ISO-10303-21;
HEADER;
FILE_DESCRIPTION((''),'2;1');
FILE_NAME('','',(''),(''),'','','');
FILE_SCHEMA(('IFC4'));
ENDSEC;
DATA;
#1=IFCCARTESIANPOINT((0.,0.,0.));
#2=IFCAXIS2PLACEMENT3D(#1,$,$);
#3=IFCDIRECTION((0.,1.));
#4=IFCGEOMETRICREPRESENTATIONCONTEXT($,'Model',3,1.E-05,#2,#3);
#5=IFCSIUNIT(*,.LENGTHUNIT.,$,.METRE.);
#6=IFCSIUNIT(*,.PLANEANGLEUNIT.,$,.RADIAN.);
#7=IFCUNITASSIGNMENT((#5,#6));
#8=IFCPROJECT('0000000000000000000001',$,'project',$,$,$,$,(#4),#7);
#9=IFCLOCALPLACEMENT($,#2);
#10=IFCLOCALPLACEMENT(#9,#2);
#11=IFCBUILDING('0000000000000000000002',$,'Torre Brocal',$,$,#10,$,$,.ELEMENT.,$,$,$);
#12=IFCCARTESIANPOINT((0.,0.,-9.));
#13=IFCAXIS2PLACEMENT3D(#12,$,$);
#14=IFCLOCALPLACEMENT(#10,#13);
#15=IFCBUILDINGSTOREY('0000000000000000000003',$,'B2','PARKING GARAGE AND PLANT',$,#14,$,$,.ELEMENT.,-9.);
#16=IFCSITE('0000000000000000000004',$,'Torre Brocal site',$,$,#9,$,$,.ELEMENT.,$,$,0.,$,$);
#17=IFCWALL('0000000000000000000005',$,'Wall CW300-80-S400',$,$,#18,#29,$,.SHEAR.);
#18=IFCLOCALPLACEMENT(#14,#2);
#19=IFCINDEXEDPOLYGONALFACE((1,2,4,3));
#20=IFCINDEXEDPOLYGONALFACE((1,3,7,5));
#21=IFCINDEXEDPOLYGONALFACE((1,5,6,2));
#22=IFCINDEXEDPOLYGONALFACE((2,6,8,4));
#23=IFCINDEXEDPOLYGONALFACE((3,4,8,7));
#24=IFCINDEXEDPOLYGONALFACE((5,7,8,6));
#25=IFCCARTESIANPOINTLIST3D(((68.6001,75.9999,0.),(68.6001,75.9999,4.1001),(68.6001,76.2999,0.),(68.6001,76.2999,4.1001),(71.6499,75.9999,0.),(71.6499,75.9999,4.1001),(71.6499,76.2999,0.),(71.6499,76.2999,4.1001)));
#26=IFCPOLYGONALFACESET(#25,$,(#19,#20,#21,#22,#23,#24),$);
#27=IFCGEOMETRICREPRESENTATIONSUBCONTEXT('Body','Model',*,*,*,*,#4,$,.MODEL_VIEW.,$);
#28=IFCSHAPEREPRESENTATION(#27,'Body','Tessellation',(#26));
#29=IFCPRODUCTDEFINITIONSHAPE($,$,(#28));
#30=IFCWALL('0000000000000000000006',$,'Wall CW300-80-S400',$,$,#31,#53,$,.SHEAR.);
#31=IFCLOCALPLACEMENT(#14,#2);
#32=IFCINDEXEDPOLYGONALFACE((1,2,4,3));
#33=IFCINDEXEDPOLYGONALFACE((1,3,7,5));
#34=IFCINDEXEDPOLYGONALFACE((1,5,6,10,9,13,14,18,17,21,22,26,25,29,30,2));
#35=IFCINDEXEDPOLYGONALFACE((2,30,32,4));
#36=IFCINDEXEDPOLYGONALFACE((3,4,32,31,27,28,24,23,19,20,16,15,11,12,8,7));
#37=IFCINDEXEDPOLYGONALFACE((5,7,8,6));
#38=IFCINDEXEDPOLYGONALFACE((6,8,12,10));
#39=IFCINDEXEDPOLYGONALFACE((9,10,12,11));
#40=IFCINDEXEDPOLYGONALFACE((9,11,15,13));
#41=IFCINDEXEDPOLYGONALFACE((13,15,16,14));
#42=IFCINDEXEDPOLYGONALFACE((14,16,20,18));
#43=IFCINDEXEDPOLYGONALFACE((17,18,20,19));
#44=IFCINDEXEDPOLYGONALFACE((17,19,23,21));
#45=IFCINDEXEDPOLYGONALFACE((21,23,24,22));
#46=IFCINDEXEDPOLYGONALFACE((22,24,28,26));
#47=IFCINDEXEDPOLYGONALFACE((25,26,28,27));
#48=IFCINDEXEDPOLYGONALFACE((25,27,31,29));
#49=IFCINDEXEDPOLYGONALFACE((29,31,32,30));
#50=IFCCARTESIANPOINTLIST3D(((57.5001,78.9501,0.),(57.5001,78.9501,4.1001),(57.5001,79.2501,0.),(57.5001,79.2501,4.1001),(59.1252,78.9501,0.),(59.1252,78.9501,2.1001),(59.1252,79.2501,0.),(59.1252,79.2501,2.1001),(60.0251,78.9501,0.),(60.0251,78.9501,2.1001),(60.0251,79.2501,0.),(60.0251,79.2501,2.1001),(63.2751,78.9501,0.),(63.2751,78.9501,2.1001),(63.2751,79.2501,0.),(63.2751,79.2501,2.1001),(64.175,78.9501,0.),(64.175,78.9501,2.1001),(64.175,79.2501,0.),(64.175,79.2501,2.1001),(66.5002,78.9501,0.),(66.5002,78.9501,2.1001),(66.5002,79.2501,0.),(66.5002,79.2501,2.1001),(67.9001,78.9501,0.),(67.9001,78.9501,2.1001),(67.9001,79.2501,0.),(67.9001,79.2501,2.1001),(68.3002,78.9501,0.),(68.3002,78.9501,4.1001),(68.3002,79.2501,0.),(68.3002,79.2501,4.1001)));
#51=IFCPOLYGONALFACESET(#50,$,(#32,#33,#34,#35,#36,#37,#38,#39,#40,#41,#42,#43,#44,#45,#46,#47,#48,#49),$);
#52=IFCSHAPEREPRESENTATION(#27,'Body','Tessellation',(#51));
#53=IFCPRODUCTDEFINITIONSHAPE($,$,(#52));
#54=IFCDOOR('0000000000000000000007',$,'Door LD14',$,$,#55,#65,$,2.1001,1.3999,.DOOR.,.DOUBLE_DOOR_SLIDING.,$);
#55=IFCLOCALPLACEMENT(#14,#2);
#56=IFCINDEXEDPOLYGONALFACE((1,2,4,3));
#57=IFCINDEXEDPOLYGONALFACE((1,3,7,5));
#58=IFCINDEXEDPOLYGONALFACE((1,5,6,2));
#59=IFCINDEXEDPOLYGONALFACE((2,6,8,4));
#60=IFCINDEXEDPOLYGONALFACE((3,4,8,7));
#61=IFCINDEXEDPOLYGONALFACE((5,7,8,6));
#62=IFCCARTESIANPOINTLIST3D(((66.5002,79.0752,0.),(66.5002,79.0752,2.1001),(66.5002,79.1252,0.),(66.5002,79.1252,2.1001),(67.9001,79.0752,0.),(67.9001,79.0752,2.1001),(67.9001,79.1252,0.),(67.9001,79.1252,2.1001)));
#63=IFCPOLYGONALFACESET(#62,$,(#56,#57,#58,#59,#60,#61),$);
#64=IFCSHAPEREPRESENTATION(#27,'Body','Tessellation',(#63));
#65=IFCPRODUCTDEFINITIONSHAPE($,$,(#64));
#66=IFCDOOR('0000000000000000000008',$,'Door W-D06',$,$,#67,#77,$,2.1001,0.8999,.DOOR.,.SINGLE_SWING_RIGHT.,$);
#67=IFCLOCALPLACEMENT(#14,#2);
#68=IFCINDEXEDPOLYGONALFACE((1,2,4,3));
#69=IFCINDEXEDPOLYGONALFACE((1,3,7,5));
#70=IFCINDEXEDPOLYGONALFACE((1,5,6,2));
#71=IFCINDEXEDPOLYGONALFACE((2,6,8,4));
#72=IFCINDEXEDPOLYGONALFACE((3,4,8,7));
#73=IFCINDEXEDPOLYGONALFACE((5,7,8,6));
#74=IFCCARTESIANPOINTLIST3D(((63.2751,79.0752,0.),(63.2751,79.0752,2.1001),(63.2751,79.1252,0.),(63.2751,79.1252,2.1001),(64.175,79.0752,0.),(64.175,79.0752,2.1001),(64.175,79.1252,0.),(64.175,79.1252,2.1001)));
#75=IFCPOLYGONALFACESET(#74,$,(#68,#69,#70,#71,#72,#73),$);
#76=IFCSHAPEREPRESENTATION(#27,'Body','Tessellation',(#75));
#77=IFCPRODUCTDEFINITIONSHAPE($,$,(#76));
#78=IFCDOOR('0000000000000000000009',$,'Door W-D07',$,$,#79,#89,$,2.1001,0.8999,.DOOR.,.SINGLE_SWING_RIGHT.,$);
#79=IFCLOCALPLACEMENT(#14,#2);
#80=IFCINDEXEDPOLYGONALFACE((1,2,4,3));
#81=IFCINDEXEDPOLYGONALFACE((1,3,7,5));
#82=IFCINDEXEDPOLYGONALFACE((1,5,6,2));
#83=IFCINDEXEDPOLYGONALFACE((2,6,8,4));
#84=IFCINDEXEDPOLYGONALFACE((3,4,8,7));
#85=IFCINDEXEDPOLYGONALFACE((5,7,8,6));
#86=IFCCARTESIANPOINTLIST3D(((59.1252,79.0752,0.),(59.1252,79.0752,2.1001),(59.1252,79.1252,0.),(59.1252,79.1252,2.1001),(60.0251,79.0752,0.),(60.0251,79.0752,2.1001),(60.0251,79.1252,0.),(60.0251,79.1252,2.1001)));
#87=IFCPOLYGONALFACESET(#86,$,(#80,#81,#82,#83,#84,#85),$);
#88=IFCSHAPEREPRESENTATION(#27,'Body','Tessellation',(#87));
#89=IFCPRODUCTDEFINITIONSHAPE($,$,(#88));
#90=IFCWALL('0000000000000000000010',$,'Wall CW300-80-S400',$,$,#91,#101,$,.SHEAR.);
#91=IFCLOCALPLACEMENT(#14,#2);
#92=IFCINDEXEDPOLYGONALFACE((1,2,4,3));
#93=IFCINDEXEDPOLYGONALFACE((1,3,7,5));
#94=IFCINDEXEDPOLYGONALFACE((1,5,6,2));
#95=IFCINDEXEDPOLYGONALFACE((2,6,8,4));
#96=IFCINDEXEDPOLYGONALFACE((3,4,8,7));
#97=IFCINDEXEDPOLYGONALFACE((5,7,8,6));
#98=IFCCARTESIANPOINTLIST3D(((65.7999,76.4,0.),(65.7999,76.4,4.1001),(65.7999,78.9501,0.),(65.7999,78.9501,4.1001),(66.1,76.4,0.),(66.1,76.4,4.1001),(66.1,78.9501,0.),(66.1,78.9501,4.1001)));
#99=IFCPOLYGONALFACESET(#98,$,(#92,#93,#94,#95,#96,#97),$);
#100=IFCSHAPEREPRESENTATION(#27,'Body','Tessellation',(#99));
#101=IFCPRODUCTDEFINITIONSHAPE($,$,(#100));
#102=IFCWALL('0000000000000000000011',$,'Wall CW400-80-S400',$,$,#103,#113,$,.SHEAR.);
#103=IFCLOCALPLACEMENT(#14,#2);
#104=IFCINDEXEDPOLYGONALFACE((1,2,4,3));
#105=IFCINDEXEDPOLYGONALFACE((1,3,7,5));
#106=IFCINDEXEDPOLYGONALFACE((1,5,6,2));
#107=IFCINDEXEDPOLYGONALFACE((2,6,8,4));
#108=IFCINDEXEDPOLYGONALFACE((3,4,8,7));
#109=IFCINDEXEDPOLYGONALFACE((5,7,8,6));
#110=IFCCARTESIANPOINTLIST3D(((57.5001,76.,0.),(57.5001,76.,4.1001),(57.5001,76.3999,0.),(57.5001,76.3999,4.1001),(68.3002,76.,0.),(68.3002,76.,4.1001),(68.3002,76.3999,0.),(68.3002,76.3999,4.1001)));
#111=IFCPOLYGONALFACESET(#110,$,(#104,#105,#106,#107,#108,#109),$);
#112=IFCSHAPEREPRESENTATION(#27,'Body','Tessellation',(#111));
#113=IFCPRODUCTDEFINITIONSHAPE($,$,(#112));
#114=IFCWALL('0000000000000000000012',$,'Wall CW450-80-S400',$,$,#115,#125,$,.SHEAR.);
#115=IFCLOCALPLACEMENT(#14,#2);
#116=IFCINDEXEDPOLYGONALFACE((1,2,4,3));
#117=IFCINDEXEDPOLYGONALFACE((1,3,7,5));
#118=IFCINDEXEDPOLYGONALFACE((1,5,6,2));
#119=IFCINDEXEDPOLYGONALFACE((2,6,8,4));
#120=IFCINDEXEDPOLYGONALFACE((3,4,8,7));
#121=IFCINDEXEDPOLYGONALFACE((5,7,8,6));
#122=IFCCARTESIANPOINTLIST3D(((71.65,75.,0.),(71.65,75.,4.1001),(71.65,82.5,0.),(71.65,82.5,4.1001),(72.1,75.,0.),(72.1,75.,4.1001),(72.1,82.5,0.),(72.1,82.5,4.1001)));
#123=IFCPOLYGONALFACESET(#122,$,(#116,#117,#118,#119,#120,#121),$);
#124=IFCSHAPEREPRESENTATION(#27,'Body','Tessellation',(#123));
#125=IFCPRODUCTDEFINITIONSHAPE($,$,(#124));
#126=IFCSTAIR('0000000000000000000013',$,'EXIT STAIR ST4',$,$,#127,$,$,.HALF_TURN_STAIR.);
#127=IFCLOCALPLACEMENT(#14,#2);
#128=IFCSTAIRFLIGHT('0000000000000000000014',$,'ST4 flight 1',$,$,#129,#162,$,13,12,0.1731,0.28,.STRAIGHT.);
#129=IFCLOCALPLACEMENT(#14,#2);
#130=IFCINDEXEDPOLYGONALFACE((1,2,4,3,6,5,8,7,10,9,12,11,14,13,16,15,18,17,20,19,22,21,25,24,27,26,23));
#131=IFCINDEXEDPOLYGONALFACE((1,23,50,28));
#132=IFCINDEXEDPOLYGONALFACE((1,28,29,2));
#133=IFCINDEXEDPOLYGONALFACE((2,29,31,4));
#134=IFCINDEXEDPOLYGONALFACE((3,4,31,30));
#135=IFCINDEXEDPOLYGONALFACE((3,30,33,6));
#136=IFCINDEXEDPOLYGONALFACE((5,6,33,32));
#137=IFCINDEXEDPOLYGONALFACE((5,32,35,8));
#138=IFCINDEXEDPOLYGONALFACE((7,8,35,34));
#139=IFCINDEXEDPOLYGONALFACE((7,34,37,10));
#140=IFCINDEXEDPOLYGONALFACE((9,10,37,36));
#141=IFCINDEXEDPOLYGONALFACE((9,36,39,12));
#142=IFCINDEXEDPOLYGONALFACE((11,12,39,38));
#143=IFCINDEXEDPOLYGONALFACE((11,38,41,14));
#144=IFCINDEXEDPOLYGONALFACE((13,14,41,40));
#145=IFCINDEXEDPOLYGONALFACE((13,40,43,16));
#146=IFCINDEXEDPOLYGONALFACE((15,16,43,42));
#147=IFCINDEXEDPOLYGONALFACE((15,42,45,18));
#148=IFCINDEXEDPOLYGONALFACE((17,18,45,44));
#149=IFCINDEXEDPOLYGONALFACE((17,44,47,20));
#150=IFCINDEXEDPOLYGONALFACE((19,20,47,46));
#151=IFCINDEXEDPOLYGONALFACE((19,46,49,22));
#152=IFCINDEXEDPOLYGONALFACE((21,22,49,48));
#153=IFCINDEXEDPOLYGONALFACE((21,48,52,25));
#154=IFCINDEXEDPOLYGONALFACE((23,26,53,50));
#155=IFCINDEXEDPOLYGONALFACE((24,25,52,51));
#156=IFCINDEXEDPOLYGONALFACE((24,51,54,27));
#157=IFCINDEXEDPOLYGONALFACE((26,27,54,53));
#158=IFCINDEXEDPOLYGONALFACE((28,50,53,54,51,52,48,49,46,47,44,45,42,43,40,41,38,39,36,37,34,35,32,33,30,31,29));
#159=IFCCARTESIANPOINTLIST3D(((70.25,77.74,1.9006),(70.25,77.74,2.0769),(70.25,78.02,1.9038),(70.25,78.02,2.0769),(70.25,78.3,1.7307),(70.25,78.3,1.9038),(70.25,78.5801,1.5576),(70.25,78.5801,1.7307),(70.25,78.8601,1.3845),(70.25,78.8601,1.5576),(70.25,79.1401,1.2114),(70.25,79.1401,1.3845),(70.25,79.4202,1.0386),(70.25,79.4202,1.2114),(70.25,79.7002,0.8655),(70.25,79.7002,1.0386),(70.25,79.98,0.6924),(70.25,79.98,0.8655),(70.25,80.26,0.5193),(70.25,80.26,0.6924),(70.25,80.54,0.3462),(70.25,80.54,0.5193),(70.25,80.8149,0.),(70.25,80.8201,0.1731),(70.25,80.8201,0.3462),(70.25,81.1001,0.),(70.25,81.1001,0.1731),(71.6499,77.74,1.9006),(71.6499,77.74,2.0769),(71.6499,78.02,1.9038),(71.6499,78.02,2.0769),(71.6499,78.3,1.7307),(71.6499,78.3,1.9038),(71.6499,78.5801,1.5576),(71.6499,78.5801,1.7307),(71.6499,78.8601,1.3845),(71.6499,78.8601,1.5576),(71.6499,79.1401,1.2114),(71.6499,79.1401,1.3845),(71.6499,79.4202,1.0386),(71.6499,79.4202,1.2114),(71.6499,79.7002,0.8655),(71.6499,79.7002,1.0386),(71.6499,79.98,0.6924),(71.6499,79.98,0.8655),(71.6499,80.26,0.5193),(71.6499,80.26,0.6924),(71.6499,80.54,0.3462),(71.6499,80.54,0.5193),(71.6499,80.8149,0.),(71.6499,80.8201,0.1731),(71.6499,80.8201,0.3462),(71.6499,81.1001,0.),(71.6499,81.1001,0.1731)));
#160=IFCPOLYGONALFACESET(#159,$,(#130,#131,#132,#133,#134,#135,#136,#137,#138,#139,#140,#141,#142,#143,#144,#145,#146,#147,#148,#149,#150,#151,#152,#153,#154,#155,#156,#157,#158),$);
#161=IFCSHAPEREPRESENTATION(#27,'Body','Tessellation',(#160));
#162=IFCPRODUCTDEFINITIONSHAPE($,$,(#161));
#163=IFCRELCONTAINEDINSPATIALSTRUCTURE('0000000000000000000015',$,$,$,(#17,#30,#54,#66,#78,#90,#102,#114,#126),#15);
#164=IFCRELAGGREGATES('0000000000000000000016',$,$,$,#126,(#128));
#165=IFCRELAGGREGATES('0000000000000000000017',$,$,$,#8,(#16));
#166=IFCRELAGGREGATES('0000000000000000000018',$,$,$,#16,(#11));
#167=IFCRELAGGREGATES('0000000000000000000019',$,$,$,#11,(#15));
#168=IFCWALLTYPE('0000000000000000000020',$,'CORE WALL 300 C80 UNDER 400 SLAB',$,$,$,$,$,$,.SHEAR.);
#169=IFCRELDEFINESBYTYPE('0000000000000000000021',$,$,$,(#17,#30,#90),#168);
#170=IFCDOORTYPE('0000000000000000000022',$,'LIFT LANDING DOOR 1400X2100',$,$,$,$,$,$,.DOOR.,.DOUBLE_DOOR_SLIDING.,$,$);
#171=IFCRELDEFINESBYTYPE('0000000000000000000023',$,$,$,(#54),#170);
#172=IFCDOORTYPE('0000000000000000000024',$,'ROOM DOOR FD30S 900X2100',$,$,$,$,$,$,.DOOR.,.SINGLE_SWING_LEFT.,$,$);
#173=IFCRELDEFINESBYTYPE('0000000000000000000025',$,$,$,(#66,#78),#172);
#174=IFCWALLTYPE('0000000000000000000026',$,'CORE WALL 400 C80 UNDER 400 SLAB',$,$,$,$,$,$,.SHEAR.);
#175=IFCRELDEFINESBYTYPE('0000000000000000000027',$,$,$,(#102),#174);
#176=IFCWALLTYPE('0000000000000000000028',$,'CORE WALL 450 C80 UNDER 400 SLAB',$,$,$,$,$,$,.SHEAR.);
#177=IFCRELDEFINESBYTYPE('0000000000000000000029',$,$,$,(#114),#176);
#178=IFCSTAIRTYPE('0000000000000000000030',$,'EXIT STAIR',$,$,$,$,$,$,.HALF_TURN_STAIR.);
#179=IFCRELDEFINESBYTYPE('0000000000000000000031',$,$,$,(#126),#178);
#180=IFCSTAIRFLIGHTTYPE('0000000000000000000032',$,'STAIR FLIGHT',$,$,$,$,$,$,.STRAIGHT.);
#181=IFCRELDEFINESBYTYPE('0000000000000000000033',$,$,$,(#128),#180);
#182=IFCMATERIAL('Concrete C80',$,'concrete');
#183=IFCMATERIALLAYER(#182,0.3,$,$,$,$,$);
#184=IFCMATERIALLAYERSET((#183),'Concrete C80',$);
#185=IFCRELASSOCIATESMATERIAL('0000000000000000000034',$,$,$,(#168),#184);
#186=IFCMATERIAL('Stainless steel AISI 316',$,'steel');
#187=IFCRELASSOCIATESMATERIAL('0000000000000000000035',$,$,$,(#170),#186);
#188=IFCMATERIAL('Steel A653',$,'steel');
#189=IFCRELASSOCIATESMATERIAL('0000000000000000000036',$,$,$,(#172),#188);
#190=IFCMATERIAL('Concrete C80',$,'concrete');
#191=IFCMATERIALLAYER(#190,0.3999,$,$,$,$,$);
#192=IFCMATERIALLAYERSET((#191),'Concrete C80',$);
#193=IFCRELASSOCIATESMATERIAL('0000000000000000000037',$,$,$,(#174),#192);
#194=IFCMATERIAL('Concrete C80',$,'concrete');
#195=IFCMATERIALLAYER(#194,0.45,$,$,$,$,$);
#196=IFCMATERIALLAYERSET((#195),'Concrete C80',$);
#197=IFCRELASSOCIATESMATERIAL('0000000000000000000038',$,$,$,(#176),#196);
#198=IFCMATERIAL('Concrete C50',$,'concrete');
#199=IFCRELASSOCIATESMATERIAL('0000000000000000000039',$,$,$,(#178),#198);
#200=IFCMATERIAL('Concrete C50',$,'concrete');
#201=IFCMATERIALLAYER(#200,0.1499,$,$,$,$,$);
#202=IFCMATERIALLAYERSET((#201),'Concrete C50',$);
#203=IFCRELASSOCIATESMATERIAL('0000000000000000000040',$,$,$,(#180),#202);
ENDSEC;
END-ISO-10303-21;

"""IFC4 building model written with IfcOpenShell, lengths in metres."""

from ifc_helpers import new_model, si_unit, direction, frame, frame_2d, origin, place, context, subcontext, project, spatial, polyline, rectangle, outline, extrude, material, layer, layer_set, type_object, element, fill, aggregate, save


model = new_model("IFC4")

# Units and contexts
model_context = context("Model", 3, precision=1e-05, world=origin(), true_north=direction((0.0, 1.0)))
body_context = subcontext(model_context, "Body", "Model", "MODEL_VIEW")
ifc_project = project(units=[si_unit("LENGTHUNIT", "METRE"), si_unit("PLANEANGLEUNIT", "RADIAN")], contexts=[model_context])

# Site, building, storey
site_placement = place(None, origin())
site = spatial("IfcSite", under=ifc_project, at=site_placement, Name="Torre Brocal site", CompositionType="ELEMENT", RefElevation=0.0)
building_placement = place(site_placement, origin())
building = spatial("IfcBuilding", under=site, at=building_placement, Name="Torre Brocal", CompositionType="ELEMENT")
storey_placement = place(building_placement, frame((0.0, 0.0, -9.0)))
storey = spatial("IfcBuildingStorey", under=building, at=storey_placement, Name="B2", Description="PARKING GARAGE AND PLANT", CompositionType="ELEMENT", Elevation=-9.0)

# Shared definitions
ifc_material_1 = material(Name="Concrete C80", Category="concrete")
ifc_layer_1 = layer(ifc_material_1, 0.3)
ifc_layer_set_1 = layer_set([ifc_layer_1], Name="Concrete C80")
wall_type_1 = type_object("IfcWallType", Name="CORE WALL 300 C80 UNDER 400 SLAB", PredefinedType="SHEAR", material=ifc_layer_set_1)

# Wall
wall_1_placement = place(storey_placement, frame((71.6499, 76.1499, 0.0), z_axis=(0.0, 0.0, 1.0), x_axis=(-1.0, 0.0, 0.0)))
element("IfcWall", 1, at=wall_1_placement, inside=storey, type_object=wall_type_1, Name="Wall CW300-80-S400", PredefinedType="SHEAR", context=body_context, shape_type="SweptSolid", body=[
    extrude(rectangle(XDim=3.0498, YDim=0.3, at=frame_2d((1.5249, 0.0))), origin(), (0.0, 0.0, 1.0), 4.1001),
])

# Wall, openings, doors
wall_2_placement = place(storey_placement, frame((68.3, 79.1001, 0.0), z_axis=(0.0, 0.0, 1.0), x_axis=(-1.0, 0.0, 0.0)))
wall_2 = element("IfcWall", 2, at=wall_2_placement, inside=storey, type_object=wall_type_1, Name="Wall CW300-80-S400", PredefinedType="SHEAR", context=body_context, shape_type="SweptSolid", body=[
    extrude(rectangle(XDim=10.8, YDim=0.3, at=frame_2d((5.3999, 0.0))), origin(), (0.0, 0.0, 1.0), 4.1001),
])
opening_1_placement = place(wall_2_placement, frame((0.3999, 0.0, 0.0)))
opening_1 = element("IfcOpeningElement", 3, at=opening_1_placement, cuts=wall_2, PredefinedType="OPENING", context=body_context, shape_type="SweptSolid", body=[
    extrude(rectangle(XDim=1.3999, YDim=2.1001, at=frame_2d((0.7, 1.05))), frame((0.0, 0.1599, 0.0), z_axis=(0.0, -1.0, 0.0), x_axis=(1.0, 0.0, 0.0)), (0.0, 0.0, 1.0), 0.3201),
])
opening_2_placement = place(wall_2_placement, frame((4.125, 0.0, 0.0)))
opening_2 = element("IfcOpeningElement", 4, at=opening_2_placement, cuts=wall_2, PredefinedType="OPENING", context=body_context, shape_type="SweptSolid", body=[
    extrude(rectangle(XDim=0.8999, YDim=2.1001, at=frame_2d((0.45, 1.05))), frame((0.0, 0.1599, 0.0), z_axis=(0.0, -1.0, 0.0), x_axis=(1.0, 0.0, 0.0)), (0.0, 0.0, 1.0), 0.3201),
])
opening_3_placement = place(wall_2_placement, frame((8.2749, 0.0, 0.0)))
opening_3 = element("IfcOpeningElement", 5, at=opening_3_placement, cuts=wall_2, PredefinedType="OPENING", context=body_context, shape_type="SweptSolid", body=[
    extrude(rectangle(XDim=0.8999, YDim=2.1001, at=frame_2d((0.45, 1.05))), frame((0.0, 0.1599, 0.0), z_axis=(0.0, -1.0, 0.0), x_axis=(1.0, 0.0, 0.0)), (0.0, 0.0, 1.0), 0.3201),
])
ifc_material_2 = material(Name="Stainless steel AISI 316", Category="steel")
door_type_1 = type_object("IfcDoorType", Name="LIFT LANDING DOOR 1400X2100", OperationType="DOUBLE_DOOR_SLIDING", PredefinedType="DOOR", material=ifc_material_2)
door_1_placement = place(opening_1_placement, origin())
door_1 = element("IfcDoor", 6, at=door_1_placement, inside=storey, type_object=door_type_1, Name="Door LD14", OperationType="DOUBLE_DOOR_SLIDING", OverallHeight=2.1001, OverallWidth=1.3999, PredefinedType="DOOR", context=body_context, shape_type="SweptSolid", body=[
    extrude(rectangle(XDim=1.3999, YDim=2.1001, at=frame_2d((0.7, 1.05))), frame((0.0, 0.0249, 0.0), z_axis=(0.0, -1.0, 0.0), x_axis=(1.0, 0.0, 0.0)), (0.0, 0.0, 1.0), 0.05),
])
fill(opening_1, door_1)
ifc_material_3 = material(Name="Steel A653", Category="steel")
door_type_2 = type_object("IfcDoorType", Name="ROOM DOOR FD30S 900X2100", OperationType="SINGLE_SWING_LEFT", PredefinedType="DOOR", material=ifc_material_3)
door_2_placement = place(opening_2_placement, origin())
door_2 = element("IfcDoor", 7, at=door_2_placement, inside=storey, type_object=door_type_2, Name="Door W-D06", OperationType="SINGLE_SWING_RIGHT", OverallHeight=2.1001, OverallWidth=0.8999, PredefinedType="DOOR", context=body_context, shape_type="SweptSolid", body=[
    extrude(rectangle(XDim=0.8999, YDim=2.1001, at=frame_2d((0.45, 1.05))), frame((0.0, 0.0249, 0.0), z_axis=(0.0, -1.0, 0.0), x_axis=(1.0, 0.0, 0.0)), (0.0, 0.0, 1.0), 0.05),
])
fill(opening_2, door_2)
door_3_placement = place(opening_3_placement, origin())
door_3 = element("IfcDoor", 8, at=door_3_placement, inside=storey, type_object=door_type_2, Name="Door W-D07", OperationType="SINGLE_SWING_RIGHT", OverallHeight=2.1001, OverallWidth=0.8999, PredefinedType="DOOR", context=body_context, shape_type="SweptSolid", body=[
    extrude(rectangle(XDim=0.8999, YDim=2.1001, at=frame_2d((0.45, 1.05))), frame((0.0, 0.0249, 0.0), z_axis=(0.0, -1.0, 0.0), x_axis=(1.0, 0.0, 0.0)), (0.0, 0.0, 1.0), 0.05),
])
fill(opening_3, door_3)

# Walls
wall_3_placement = place(storey_placement, frame((65.95, 78.95, 0.0), z_axis=(0.0, 0.0, 1.0), x_axis=(0.0, -1.0, 0.0)))
element("IfcWall", 9, at=wall_3_placement, inside=storey, type_object=wall_type_1, Name="Wall CW300-80-S400", PredefinedType="SHEAR", context=body_context, shape_type="SweptSolid", body=[
    extrude(rectangle(XDim=2.55, YDim=0.3, at=frame_2d((1.2749, 0.0))), origin(), (0.0, 0.0, 1.0), 4.1001),
])
ifc_material_4 = material(Name="Concrete C80", Category="concrete")
ifc_layer_2 = layer(ifc_material_4, 0.3999)
ifc_layer_set_2 = layer_set([ifc_layer_2], Name="Concrete C80")
wall_type_2 = type_object("IfcWallType", Name="CORE WALL 400 C80 UNDER 400 SLAB", PredefinedType="SHEAR", material=ifc_layer_set_2)
wall_4_placement = place(storey_placement, frame((68.3, 76.2, 0.0), z_axis=(0.0, 0.0, 1.0), x_axis=(-1.0, 0.0, 0.0)))
element("IfcWall", 10, at=wall_4_placement, inside=storey, type_object=wall_type_2, Name="Wall CW400-80-S400", PredefinedType="SHEAR", context=body_context, shape_type="SweptSolid", body=[
    extrude(rectangle(XDim=10.8, YDim=0.3999, at=frame_2d((5.3999, 0.0))), origin(), (0.0, 0.0, 1.0), 4.1001),
])
ifc_material_5 = material(Name="Concrete C80", Category="concrete")
ifc_layer_3 = layer(ifc_material_5, 0.45)
ifc_layer_set_3 = layer_set([ifc_layer_3], Name="Concrete C80")
wall_type_3 = type_object("IfcWallType", Name="CORE WALL 450 C80 UNDER 400 SLAB", PredefinedType="SHEAR", material=ifc_layer_set_3)
wall_5_placement = place(storey_placement, frame((71.875, 82.5, 0.0), z_axis=(0.0, 0.0, 1.0), x_axis=(0.0, -1.0, 0.0)))
element("IfcWall", 11, at=wall_5_placement, inside=storey, type_object=wall_type_3, Name="Wall CW450-80-S400", PredefinedType="SHEAR", context=body_context, shape_type="SweptSolid", body=[
    extrude(rectangle(XDim=7.5, YDim=0.45, at=frame_2d((3.75, 0.0))), origin(), (0.0, 0.0, 1.0), 4.1001),
])

# Stair, stair flight
ifc_material_6 = material(Name="Concrete C50", Category="concrete")
stair_type = type_object("IfcStairType", Name="EXIT STAIR", PredefinedType="HALF_TURN_STAIR", material=ifc_material_6)
stair_placement = place(storey_placement, origin())
stair = element("IfcStair", 12, at=stair_placement, inside=storey, type_object=stair_type, Name="EXIT STAIR ST4", PredefinedType="HALF_TURN_STAIR")
ifc_material_7 = material(Name="Concrete C50", Category="concrete")
ifc_layer_4 = layer(ifc_material_7, 0.1499)
ifc_layer_set_4 = layer_set([ifc_layer_4], Name="Concrete C50")
stair_flight_type = type_object("IfcStairFlightType", Name="STAIR FLIGHT", PredefinedType="STRAIGHT", material=ifc_layer_set_4)
stair_flight_1_placement = place(storey_placement, frame((70.95, 81.1001, 0.0), z_axis=(0.0, 0.0, 1.0), x_axis=(0.0, -1.0, 0.0)))
stair_flight_1 = element("IfcStairFlight", 13, at=stair_flight_1_placement, type_object=stair_flight_type, Name="ST4 flight 1", NumberOfRisers=13, NumberOfTreads=12, PredefinedType="STRAIGHT", RiserHeight=0.1731, TreadLength=0.28, context=body_context, shape_type="SweptSolid", body=[
    extrude(outline(polyline([(0.0, 0.0), (0.0, 0.1731), (0.28, 0.1731), (0.28, 0.3462), (0.5601, 0.3462), (0.5601, 0.5193), (0.8401, 0.5193), (0.8401, 0.6924), (1.1201, 0.6924), (1.1201, 0.8655), (1.3999, 0.8655), (1.3999, 1.0386), (1.6799, 1.0386), (1.6799, 1.2114), (1.96, 1.2114), (1.96, 1.3845), (2.24, 1.3845), (2.24, 1.5576), (2.52, 1.5576), (2.52, 1.7307), (2.8, 1.7307), (2.8, 1.9038), (3.0801, 1.9038), (3.0801, 2.0769), (3.3601, 2.0769), (3.3601, 2.25), (3.3601, 1.9006), (0.2852, 0.0), (0.0, 0.0)])), frame((0.0, 0.7, 0.0), z_axis=(0.0, -1.0, 0.0), x_axis=(1.0, 0.0, 0.0)), (0.0, 0.0, 1.0), 1.3999),
])
aggregate(stair, [stair_flight_1])

save(model, "model.ifc")
